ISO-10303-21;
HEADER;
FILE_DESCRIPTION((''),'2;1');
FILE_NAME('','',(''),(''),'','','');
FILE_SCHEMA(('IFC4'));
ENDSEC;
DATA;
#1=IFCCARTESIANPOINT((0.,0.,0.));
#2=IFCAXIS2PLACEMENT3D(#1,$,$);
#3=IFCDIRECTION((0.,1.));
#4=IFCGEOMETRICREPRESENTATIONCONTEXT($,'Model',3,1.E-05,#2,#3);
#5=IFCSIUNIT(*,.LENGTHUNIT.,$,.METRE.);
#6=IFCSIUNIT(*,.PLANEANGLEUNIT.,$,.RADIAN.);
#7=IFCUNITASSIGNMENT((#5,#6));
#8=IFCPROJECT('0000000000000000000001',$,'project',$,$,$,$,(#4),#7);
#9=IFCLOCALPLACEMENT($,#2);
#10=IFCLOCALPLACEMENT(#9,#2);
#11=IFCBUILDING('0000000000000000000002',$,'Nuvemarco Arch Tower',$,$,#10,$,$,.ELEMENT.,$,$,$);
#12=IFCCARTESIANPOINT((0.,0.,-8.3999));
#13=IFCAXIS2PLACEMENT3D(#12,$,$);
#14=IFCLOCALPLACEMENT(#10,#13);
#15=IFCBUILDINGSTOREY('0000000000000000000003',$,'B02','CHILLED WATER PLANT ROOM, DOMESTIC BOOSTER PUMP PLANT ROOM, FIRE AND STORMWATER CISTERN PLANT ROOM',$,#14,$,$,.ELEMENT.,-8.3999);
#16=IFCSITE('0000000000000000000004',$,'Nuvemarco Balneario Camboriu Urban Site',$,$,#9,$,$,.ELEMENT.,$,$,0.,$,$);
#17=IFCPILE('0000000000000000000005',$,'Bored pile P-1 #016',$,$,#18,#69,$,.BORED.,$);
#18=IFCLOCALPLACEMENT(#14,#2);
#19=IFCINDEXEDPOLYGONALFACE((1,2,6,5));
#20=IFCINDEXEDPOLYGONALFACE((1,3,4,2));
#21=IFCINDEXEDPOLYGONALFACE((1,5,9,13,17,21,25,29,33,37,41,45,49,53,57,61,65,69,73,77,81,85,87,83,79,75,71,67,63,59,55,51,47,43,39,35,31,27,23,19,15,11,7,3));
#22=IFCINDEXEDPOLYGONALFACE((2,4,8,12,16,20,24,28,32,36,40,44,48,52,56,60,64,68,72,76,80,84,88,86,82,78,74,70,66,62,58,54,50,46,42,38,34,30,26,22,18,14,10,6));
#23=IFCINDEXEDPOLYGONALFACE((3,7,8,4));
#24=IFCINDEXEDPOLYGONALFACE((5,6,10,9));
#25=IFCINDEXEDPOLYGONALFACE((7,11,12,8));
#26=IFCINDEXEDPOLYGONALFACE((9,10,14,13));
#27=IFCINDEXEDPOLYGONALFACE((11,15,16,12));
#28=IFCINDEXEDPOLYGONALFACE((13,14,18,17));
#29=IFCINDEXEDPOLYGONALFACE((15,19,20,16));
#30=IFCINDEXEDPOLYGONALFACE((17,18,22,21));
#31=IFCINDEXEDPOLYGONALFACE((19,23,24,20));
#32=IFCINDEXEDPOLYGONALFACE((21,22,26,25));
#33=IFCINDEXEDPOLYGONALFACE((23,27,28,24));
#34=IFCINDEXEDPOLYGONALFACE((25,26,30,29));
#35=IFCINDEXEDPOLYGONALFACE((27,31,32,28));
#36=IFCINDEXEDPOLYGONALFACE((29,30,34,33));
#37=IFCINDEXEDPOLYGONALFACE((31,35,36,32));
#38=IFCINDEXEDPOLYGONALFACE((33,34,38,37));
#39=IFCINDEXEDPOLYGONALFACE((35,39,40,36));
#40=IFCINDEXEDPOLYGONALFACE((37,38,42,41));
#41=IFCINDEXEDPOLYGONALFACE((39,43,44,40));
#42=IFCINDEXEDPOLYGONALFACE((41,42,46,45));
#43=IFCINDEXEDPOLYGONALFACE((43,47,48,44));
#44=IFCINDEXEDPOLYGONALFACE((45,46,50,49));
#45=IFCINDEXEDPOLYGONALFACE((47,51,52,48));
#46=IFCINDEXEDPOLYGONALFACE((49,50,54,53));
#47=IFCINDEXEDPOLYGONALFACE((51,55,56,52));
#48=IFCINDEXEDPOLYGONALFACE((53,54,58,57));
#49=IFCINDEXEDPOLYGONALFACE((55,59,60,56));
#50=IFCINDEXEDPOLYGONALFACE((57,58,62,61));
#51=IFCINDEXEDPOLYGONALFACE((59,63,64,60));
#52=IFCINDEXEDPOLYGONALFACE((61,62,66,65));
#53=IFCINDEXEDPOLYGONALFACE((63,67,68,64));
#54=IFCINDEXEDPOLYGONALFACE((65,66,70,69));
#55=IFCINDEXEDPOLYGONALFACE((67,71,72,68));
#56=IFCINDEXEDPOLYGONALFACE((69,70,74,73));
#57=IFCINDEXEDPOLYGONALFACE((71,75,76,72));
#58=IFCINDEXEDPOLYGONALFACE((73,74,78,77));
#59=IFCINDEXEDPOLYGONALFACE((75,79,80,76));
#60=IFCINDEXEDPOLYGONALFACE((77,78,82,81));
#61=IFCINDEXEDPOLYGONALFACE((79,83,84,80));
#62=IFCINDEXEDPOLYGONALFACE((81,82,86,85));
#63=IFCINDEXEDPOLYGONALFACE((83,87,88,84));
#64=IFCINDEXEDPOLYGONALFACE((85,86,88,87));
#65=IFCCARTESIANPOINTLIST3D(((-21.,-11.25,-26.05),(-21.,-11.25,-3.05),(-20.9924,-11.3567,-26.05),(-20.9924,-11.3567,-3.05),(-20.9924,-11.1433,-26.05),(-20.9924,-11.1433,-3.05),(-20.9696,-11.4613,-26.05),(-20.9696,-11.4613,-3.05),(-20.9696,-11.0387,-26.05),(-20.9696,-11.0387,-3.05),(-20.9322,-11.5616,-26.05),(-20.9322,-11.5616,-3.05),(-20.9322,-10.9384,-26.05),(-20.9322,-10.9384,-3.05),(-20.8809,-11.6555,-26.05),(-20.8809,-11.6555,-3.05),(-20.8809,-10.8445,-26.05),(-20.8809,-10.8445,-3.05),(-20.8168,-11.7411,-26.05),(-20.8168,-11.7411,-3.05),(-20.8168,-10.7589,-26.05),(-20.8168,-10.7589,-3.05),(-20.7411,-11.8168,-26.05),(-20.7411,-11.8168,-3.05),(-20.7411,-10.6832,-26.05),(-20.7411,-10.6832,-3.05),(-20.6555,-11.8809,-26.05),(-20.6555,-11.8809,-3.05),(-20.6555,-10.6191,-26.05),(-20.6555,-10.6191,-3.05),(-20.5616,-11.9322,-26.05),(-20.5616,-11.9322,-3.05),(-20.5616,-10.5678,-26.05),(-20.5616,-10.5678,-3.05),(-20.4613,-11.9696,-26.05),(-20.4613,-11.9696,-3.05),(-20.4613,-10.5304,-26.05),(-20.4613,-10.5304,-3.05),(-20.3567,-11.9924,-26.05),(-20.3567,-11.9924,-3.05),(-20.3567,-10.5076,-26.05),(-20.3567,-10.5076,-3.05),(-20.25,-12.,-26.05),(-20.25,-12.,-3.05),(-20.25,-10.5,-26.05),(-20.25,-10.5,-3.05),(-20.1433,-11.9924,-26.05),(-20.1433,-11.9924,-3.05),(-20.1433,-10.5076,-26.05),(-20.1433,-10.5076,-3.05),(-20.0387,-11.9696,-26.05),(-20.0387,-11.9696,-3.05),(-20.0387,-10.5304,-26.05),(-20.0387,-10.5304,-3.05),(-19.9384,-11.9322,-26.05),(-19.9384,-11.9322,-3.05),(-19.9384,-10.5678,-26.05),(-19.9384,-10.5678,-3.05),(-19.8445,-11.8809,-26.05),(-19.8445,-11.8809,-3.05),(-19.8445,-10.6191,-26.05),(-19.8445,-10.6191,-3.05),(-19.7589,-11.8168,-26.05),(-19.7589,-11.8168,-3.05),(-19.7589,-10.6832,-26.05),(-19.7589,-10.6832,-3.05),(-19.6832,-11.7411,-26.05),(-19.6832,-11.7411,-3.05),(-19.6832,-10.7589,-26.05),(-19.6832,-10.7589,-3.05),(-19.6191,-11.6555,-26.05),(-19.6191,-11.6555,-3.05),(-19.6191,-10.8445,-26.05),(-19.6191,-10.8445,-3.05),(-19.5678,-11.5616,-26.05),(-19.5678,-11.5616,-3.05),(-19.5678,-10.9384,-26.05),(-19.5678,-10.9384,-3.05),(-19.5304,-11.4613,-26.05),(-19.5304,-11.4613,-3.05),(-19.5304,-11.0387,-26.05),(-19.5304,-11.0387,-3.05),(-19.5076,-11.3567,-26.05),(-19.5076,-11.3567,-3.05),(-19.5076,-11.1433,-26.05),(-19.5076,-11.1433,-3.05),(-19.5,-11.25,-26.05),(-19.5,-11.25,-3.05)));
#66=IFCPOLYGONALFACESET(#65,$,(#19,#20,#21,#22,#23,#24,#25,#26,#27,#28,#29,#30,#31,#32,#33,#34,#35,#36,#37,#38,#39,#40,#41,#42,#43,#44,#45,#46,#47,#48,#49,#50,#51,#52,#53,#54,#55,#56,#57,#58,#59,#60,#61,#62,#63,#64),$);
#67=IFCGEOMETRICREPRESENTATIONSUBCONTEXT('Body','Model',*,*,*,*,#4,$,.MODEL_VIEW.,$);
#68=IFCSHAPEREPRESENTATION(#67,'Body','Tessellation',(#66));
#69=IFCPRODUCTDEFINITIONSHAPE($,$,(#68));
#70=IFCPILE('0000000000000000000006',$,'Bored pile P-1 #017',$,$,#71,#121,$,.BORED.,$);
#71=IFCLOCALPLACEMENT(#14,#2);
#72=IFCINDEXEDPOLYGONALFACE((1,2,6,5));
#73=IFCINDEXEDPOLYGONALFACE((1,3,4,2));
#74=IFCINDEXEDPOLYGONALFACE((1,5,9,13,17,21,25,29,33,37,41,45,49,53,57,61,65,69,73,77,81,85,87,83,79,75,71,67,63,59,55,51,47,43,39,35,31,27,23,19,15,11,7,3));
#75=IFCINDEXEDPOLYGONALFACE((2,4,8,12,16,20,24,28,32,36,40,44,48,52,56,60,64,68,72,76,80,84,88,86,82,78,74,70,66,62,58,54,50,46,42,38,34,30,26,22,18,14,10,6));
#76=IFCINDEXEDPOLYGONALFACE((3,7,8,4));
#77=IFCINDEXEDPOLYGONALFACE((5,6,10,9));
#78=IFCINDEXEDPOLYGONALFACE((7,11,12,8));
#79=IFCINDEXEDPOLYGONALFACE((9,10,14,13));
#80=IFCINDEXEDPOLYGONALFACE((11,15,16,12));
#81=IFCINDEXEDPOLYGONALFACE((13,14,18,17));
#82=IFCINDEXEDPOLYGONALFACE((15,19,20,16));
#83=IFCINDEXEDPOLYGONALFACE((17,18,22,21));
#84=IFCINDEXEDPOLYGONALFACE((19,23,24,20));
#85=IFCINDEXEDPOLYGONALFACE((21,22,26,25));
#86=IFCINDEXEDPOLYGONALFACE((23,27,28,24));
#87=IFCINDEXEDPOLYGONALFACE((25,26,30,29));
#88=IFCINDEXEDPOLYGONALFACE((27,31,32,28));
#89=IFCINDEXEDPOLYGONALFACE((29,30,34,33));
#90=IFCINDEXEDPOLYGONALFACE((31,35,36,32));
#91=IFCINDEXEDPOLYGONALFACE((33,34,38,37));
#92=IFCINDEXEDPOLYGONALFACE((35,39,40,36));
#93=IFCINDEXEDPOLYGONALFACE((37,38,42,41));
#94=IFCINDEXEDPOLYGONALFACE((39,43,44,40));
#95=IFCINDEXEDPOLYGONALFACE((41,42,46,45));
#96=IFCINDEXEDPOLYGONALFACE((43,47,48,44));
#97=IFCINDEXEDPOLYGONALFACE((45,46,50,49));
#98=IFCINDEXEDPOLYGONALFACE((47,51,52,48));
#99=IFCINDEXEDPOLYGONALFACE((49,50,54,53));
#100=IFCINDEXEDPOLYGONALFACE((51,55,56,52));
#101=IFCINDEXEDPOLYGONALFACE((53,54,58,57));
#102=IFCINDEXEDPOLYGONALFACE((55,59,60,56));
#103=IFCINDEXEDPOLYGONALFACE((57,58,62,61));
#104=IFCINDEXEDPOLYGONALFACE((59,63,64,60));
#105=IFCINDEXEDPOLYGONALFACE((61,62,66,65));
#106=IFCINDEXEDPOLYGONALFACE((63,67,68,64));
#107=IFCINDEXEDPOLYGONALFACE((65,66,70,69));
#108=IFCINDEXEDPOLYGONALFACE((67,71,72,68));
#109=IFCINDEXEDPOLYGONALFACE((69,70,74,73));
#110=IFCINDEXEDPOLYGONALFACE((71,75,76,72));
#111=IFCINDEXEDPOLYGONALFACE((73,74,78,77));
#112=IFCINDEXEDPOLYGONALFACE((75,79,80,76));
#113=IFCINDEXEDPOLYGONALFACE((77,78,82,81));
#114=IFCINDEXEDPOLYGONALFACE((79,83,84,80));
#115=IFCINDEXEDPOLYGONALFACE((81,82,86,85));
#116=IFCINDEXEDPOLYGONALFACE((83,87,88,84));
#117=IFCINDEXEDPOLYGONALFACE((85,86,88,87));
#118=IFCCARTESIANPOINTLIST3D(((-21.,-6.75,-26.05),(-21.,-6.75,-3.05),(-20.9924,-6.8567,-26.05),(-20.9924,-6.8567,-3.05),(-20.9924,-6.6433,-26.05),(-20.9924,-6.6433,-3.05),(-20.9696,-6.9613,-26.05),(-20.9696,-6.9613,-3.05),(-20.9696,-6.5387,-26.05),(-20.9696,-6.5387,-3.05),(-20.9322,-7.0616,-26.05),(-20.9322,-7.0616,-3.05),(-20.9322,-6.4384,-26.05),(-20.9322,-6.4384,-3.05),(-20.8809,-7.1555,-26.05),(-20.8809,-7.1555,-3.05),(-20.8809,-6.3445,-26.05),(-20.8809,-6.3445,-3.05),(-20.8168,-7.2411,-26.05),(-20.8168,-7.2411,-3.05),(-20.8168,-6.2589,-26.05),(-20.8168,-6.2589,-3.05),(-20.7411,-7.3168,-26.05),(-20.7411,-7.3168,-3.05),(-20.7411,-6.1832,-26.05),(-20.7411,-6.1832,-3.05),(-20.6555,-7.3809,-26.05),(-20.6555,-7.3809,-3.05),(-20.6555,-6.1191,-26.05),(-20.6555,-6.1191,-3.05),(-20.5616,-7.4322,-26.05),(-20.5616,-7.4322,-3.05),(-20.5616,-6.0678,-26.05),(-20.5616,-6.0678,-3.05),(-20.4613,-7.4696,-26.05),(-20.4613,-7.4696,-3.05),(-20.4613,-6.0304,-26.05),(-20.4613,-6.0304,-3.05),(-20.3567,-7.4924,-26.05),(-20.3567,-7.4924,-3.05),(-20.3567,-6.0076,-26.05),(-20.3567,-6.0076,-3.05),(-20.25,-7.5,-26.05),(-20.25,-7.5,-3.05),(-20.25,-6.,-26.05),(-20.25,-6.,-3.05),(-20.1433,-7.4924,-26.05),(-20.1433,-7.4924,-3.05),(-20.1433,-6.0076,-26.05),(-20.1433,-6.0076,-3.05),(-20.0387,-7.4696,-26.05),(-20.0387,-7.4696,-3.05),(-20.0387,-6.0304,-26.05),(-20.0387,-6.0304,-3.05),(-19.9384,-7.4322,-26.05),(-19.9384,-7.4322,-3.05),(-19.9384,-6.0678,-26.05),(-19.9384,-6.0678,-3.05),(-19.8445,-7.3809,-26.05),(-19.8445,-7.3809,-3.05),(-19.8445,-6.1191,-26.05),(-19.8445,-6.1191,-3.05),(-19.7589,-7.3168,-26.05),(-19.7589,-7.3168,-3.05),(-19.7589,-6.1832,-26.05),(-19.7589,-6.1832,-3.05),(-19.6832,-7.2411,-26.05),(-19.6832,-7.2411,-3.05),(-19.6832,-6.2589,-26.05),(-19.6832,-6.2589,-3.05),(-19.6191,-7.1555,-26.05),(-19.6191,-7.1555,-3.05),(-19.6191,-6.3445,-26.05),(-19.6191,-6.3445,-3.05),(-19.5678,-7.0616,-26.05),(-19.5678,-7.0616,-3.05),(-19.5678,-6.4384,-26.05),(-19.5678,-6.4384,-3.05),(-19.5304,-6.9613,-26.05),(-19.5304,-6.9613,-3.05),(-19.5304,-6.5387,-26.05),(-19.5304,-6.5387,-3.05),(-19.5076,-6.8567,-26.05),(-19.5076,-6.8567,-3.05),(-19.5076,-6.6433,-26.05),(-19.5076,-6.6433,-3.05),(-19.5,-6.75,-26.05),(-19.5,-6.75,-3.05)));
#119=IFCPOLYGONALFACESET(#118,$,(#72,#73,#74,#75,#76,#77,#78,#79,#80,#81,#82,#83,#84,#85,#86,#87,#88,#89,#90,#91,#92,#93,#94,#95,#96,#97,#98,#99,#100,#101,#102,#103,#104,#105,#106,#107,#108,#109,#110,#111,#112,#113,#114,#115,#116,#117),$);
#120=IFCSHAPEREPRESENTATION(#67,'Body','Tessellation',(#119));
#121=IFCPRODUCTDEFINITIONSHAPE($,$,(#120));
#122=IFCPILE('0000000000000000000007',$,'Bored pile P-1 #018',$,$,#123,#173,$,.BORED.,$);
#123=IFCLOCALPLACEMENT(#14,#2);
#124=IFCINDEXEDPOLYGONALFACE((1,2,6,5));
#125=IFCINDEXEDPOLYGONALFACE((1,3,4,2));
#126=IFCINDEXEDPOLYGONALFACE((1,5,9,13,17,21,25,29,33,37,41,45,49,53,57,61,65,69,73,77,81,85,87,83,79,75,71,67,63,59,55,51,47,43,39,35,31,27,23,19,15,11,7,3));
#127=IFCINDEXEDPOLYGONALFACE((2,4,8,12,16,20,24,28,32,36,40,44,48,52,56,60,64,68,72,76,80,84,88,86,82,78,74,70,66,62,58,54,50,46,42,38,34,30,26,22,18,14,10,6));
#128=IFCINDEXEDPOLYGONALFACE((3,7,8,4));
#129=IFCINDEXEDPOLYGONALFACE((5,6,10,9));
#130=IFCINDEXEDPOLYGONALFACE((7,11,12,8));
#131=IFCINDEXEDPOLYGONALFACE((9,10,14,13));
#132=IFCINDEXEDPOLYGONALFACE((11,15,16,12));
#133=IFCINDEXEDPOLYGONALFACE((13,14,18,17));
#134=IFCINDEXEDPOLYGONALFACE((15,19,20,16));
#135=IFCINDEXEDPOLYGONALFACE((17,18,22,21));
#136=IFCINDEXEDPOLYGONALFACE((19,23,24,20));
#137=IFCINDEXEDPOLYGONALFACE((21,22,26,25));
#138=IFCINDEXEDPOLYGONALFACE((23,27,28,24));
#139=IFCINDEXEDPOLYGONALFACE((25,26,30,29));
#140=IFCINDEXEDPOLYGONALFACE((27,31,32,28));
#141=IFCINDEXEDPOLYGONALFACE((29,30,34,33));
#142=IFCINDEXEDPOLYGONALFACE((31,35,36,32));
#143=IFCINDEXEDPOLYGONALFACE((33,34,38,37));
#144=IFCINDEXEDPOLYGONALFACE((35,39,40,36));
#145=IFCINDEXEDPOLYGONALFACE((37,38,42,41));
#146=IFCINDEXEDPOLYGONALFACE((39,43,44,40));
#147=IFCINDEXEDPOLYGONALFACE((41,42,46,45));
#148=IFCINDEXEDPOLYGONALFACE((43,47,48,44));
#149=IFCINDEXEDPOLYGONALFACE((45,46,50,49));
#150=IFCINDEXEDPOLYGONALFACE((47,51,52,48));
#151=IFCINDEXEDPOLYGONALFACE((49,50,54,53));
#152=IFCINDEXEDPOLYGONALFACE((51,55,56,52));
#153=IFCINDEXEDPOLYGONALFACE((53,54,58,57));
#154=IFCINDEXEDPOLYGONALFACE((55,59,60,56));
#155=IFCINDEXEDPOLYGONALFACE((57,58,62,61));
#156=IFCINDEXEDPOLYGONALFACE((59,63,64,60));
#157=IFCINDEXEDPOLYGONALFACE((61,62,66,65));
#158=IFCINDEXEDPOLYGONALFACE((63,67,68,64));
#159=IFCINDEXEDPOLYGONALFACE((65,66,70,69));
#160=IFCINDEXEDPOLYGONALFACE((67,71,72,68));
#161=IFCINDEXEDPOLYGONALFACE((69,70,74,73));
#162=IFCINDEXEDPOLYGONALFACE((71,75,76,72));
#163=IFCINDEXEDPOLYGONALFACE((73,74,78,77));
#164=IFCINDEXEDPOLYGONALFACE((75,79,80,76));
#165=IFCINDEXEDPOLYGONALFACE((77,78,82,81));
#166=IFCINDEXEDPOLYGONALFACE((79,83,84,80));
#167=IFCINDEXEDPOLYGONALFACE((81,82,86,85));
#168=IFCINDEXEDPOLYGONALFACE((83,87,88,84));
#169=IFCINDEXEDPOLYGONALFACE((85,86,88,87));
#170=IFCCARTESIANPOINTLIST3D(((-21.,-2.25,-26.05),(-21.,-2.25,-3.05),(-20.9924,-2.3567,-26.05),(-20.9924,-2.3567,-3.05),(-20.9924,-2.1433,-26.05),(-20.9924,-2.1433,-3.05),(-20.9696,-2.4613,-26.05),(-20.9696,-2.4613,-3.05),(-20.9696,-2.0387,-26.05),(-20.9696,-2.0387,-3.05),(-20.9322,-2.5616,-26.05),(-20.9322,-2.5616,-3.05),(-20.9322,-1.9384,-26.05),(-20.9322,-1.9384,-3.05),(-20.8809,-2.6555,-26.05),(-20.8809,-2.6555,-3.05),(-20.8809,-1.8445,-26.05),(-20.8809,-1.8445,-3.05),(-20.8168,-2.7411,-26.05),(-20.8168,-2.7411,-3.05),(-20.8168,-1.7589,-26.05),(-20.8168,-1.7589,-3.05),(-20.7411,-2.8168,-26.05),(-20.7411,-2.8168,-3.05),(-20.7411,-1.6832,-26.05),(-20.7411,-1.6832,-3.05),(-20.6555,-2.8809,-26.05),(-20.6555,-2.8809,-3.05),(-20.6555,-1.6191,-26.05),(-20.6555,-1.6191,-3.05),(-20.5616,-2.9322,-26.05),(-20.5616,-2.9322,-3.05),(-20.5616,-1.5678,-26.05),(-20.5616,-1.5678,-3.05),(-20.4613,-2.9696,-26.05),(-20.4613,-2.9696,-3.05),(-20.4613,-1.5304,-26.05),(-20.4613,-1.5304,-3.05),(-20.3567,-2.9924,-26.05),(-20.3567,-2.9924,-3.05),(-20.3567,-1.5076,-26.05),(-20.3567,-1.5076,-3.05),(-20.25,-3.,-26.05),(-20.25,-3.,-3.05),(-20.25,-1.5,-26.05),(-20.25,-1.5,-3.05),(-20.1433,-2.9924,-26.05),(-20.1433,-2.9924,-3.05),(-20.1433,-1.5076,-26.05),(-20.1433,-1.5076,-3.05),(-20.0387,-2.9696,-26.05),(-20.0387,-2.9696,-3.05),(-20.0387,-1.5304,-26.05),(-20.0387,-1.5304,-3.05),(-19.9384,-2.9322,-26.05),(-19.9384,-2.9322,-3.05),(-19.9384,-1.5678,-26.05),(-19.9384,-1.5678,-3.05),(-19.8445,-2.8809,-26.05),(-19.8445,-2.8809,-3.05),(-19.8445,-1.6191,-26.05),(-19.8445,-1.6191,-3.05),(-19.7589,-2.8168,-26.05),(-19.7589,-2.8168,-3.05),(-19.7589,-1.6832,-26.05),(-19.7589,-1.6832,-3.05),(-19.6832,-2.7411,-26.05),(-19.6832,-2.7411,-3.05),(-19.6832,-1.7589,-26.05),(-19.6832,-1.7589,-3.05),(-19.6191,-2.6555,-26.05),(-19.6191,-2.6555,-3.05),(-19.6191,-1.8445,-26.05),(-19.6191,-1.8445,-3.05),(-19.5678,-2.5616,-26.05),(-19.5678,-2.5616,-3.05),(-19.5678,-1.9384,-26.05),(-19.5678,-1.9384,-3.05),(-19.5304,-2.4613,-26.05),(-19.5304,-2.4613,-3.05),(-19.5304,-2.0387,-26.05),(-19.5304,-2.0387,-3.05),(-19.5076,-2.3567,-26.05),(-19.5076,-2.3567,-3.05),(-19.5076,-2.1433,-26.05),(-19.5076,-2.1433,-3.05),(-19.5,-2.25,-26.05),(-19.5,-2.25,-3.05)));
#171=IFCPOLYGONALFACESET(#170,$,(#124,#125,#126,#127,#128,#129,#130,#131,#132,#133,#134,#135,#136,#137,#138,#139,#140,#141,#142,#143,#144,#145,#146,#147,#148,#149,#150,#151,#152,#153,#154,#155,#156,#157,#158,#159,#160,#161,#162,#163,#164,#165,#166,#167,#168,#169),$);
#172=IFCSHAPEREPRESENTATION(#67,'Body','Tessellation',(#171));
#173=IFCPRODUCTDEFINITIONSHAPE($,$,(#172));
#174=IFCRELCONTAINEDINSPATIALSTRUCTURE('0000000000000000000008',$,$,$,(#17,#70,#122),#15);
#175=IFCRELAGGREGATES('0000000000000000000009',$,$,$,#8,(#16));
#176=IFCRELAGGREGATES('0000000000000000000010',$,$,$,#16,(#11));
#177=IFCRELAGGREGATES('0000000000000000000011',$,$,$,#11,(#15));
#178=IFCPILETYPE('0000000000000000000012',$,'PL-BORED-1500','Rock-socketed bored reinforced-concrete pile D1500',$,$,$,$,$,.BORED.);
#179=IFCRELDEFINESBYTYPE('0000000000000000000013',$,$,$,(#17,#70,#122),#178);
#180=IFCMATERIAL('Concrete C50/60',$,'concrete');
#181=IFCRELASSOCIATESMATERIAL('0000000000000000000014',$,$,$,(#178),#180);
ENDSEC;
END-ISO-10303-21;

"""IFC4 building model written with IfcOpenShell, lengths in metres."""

from ifc_helpers import new_model, si_unit, direction, frame, origin, origin_2d, place, context, subcontext, project, spatial, circle, extrude, material, material_profile, profile_set, type_object, element, save


model = new_model("IFC4")

# Units and contexts
model_context = context("Model", 3, precision=1e-05, world=origin(), true_north=direction((0.0, 1.0)))
body_context = subcontext(model_context, "Body", "Model", "MODEL_VIEW")
ifc_project = project(units=[si_unit("LENGTHUNIT", "METRE"), si_unit("PLANEANGLEUNIT", "RADIAN")], contexts=[model_context])

# Site, building, storey
site_placement = place(None, origin())
site = spatial("IfcSite", under=ifc_project, at=site_placement, Name="Nuvemarco Balneario Camboriu Urban Site", CompositionType="ELEMENT", RefElevation=0.0)
building_placement = place(site_placement, origin())
building = spatial("IfcBuilding", under=site, at=building_placement, Name="Nuvemarco Arch Tower", CompositionType="ELEMENT")
storey_placement = place(building_placement, frame((0.0, 0.0, -8.3999)))
storey = spatial("IfcBuildingStorey", under=building, at=storey_placement, Name="B02", Description="CHILLED WATER PLANT ROOM, DOMESTIC BOOSTER PUMP PLANT ROOM, FIRE AND STORMWATER CISTERN PLANT ROOM", CompositionType="ELEMENT", Elevation=-8.3999)

# Piles
ifc_material_1 = material(Name="Concrete C50/60", Category="concrete")
ifc_material_profile_1 = material_profile(ifc_material_1, circle(Radius=0.75, at=origin_2d()), Name="PILE-D1500")
ifc_profile_set_1 = profile_set([ifc_material_profile_1], Name="Concrete C50/60")
pile_type = type_object("IfcPileType", Name="PL-BORED-1500", Description="Rock-socketed bored reinforced-concrete pile D1500", PredefinedType="BORED", material=ifc_profile_set_1)
for number, where, z_axis, x_axis, name in (
    (1, (-20.25, -11.25, -3.05), (0.0, 0.0, -1.0), (1.0, 0.0, 0.0), "Bored pile P-1 #016"),
    (2, (-20.25, -6.75, -3.05), (0.0, 0.0, -1.0), (1.0, 0.0, 0.0), "Bored pile P-1 #017"),
    (3, (-20.25, -2.25, -3.05), (0.0, 0.0, -1.0), (1.0, 0.0, 0.0), "Bored pile P-1 #018"),
):
    element("IfcPile", number, at=place(storey_placement, frame(where, z_axis=z_axis, x_axis=x_axis)), inside=storey, type_object=pile_type, Name=name, PredefinedType="BORED", context=body_context, shape_type="SweptSolid", body=[
        extrude(circle(Radius=0.75, at=origin_2d()), origin(), (0.0, 0.0, 1.0), 23.0),
    ])

save(model, "model.ifc")
